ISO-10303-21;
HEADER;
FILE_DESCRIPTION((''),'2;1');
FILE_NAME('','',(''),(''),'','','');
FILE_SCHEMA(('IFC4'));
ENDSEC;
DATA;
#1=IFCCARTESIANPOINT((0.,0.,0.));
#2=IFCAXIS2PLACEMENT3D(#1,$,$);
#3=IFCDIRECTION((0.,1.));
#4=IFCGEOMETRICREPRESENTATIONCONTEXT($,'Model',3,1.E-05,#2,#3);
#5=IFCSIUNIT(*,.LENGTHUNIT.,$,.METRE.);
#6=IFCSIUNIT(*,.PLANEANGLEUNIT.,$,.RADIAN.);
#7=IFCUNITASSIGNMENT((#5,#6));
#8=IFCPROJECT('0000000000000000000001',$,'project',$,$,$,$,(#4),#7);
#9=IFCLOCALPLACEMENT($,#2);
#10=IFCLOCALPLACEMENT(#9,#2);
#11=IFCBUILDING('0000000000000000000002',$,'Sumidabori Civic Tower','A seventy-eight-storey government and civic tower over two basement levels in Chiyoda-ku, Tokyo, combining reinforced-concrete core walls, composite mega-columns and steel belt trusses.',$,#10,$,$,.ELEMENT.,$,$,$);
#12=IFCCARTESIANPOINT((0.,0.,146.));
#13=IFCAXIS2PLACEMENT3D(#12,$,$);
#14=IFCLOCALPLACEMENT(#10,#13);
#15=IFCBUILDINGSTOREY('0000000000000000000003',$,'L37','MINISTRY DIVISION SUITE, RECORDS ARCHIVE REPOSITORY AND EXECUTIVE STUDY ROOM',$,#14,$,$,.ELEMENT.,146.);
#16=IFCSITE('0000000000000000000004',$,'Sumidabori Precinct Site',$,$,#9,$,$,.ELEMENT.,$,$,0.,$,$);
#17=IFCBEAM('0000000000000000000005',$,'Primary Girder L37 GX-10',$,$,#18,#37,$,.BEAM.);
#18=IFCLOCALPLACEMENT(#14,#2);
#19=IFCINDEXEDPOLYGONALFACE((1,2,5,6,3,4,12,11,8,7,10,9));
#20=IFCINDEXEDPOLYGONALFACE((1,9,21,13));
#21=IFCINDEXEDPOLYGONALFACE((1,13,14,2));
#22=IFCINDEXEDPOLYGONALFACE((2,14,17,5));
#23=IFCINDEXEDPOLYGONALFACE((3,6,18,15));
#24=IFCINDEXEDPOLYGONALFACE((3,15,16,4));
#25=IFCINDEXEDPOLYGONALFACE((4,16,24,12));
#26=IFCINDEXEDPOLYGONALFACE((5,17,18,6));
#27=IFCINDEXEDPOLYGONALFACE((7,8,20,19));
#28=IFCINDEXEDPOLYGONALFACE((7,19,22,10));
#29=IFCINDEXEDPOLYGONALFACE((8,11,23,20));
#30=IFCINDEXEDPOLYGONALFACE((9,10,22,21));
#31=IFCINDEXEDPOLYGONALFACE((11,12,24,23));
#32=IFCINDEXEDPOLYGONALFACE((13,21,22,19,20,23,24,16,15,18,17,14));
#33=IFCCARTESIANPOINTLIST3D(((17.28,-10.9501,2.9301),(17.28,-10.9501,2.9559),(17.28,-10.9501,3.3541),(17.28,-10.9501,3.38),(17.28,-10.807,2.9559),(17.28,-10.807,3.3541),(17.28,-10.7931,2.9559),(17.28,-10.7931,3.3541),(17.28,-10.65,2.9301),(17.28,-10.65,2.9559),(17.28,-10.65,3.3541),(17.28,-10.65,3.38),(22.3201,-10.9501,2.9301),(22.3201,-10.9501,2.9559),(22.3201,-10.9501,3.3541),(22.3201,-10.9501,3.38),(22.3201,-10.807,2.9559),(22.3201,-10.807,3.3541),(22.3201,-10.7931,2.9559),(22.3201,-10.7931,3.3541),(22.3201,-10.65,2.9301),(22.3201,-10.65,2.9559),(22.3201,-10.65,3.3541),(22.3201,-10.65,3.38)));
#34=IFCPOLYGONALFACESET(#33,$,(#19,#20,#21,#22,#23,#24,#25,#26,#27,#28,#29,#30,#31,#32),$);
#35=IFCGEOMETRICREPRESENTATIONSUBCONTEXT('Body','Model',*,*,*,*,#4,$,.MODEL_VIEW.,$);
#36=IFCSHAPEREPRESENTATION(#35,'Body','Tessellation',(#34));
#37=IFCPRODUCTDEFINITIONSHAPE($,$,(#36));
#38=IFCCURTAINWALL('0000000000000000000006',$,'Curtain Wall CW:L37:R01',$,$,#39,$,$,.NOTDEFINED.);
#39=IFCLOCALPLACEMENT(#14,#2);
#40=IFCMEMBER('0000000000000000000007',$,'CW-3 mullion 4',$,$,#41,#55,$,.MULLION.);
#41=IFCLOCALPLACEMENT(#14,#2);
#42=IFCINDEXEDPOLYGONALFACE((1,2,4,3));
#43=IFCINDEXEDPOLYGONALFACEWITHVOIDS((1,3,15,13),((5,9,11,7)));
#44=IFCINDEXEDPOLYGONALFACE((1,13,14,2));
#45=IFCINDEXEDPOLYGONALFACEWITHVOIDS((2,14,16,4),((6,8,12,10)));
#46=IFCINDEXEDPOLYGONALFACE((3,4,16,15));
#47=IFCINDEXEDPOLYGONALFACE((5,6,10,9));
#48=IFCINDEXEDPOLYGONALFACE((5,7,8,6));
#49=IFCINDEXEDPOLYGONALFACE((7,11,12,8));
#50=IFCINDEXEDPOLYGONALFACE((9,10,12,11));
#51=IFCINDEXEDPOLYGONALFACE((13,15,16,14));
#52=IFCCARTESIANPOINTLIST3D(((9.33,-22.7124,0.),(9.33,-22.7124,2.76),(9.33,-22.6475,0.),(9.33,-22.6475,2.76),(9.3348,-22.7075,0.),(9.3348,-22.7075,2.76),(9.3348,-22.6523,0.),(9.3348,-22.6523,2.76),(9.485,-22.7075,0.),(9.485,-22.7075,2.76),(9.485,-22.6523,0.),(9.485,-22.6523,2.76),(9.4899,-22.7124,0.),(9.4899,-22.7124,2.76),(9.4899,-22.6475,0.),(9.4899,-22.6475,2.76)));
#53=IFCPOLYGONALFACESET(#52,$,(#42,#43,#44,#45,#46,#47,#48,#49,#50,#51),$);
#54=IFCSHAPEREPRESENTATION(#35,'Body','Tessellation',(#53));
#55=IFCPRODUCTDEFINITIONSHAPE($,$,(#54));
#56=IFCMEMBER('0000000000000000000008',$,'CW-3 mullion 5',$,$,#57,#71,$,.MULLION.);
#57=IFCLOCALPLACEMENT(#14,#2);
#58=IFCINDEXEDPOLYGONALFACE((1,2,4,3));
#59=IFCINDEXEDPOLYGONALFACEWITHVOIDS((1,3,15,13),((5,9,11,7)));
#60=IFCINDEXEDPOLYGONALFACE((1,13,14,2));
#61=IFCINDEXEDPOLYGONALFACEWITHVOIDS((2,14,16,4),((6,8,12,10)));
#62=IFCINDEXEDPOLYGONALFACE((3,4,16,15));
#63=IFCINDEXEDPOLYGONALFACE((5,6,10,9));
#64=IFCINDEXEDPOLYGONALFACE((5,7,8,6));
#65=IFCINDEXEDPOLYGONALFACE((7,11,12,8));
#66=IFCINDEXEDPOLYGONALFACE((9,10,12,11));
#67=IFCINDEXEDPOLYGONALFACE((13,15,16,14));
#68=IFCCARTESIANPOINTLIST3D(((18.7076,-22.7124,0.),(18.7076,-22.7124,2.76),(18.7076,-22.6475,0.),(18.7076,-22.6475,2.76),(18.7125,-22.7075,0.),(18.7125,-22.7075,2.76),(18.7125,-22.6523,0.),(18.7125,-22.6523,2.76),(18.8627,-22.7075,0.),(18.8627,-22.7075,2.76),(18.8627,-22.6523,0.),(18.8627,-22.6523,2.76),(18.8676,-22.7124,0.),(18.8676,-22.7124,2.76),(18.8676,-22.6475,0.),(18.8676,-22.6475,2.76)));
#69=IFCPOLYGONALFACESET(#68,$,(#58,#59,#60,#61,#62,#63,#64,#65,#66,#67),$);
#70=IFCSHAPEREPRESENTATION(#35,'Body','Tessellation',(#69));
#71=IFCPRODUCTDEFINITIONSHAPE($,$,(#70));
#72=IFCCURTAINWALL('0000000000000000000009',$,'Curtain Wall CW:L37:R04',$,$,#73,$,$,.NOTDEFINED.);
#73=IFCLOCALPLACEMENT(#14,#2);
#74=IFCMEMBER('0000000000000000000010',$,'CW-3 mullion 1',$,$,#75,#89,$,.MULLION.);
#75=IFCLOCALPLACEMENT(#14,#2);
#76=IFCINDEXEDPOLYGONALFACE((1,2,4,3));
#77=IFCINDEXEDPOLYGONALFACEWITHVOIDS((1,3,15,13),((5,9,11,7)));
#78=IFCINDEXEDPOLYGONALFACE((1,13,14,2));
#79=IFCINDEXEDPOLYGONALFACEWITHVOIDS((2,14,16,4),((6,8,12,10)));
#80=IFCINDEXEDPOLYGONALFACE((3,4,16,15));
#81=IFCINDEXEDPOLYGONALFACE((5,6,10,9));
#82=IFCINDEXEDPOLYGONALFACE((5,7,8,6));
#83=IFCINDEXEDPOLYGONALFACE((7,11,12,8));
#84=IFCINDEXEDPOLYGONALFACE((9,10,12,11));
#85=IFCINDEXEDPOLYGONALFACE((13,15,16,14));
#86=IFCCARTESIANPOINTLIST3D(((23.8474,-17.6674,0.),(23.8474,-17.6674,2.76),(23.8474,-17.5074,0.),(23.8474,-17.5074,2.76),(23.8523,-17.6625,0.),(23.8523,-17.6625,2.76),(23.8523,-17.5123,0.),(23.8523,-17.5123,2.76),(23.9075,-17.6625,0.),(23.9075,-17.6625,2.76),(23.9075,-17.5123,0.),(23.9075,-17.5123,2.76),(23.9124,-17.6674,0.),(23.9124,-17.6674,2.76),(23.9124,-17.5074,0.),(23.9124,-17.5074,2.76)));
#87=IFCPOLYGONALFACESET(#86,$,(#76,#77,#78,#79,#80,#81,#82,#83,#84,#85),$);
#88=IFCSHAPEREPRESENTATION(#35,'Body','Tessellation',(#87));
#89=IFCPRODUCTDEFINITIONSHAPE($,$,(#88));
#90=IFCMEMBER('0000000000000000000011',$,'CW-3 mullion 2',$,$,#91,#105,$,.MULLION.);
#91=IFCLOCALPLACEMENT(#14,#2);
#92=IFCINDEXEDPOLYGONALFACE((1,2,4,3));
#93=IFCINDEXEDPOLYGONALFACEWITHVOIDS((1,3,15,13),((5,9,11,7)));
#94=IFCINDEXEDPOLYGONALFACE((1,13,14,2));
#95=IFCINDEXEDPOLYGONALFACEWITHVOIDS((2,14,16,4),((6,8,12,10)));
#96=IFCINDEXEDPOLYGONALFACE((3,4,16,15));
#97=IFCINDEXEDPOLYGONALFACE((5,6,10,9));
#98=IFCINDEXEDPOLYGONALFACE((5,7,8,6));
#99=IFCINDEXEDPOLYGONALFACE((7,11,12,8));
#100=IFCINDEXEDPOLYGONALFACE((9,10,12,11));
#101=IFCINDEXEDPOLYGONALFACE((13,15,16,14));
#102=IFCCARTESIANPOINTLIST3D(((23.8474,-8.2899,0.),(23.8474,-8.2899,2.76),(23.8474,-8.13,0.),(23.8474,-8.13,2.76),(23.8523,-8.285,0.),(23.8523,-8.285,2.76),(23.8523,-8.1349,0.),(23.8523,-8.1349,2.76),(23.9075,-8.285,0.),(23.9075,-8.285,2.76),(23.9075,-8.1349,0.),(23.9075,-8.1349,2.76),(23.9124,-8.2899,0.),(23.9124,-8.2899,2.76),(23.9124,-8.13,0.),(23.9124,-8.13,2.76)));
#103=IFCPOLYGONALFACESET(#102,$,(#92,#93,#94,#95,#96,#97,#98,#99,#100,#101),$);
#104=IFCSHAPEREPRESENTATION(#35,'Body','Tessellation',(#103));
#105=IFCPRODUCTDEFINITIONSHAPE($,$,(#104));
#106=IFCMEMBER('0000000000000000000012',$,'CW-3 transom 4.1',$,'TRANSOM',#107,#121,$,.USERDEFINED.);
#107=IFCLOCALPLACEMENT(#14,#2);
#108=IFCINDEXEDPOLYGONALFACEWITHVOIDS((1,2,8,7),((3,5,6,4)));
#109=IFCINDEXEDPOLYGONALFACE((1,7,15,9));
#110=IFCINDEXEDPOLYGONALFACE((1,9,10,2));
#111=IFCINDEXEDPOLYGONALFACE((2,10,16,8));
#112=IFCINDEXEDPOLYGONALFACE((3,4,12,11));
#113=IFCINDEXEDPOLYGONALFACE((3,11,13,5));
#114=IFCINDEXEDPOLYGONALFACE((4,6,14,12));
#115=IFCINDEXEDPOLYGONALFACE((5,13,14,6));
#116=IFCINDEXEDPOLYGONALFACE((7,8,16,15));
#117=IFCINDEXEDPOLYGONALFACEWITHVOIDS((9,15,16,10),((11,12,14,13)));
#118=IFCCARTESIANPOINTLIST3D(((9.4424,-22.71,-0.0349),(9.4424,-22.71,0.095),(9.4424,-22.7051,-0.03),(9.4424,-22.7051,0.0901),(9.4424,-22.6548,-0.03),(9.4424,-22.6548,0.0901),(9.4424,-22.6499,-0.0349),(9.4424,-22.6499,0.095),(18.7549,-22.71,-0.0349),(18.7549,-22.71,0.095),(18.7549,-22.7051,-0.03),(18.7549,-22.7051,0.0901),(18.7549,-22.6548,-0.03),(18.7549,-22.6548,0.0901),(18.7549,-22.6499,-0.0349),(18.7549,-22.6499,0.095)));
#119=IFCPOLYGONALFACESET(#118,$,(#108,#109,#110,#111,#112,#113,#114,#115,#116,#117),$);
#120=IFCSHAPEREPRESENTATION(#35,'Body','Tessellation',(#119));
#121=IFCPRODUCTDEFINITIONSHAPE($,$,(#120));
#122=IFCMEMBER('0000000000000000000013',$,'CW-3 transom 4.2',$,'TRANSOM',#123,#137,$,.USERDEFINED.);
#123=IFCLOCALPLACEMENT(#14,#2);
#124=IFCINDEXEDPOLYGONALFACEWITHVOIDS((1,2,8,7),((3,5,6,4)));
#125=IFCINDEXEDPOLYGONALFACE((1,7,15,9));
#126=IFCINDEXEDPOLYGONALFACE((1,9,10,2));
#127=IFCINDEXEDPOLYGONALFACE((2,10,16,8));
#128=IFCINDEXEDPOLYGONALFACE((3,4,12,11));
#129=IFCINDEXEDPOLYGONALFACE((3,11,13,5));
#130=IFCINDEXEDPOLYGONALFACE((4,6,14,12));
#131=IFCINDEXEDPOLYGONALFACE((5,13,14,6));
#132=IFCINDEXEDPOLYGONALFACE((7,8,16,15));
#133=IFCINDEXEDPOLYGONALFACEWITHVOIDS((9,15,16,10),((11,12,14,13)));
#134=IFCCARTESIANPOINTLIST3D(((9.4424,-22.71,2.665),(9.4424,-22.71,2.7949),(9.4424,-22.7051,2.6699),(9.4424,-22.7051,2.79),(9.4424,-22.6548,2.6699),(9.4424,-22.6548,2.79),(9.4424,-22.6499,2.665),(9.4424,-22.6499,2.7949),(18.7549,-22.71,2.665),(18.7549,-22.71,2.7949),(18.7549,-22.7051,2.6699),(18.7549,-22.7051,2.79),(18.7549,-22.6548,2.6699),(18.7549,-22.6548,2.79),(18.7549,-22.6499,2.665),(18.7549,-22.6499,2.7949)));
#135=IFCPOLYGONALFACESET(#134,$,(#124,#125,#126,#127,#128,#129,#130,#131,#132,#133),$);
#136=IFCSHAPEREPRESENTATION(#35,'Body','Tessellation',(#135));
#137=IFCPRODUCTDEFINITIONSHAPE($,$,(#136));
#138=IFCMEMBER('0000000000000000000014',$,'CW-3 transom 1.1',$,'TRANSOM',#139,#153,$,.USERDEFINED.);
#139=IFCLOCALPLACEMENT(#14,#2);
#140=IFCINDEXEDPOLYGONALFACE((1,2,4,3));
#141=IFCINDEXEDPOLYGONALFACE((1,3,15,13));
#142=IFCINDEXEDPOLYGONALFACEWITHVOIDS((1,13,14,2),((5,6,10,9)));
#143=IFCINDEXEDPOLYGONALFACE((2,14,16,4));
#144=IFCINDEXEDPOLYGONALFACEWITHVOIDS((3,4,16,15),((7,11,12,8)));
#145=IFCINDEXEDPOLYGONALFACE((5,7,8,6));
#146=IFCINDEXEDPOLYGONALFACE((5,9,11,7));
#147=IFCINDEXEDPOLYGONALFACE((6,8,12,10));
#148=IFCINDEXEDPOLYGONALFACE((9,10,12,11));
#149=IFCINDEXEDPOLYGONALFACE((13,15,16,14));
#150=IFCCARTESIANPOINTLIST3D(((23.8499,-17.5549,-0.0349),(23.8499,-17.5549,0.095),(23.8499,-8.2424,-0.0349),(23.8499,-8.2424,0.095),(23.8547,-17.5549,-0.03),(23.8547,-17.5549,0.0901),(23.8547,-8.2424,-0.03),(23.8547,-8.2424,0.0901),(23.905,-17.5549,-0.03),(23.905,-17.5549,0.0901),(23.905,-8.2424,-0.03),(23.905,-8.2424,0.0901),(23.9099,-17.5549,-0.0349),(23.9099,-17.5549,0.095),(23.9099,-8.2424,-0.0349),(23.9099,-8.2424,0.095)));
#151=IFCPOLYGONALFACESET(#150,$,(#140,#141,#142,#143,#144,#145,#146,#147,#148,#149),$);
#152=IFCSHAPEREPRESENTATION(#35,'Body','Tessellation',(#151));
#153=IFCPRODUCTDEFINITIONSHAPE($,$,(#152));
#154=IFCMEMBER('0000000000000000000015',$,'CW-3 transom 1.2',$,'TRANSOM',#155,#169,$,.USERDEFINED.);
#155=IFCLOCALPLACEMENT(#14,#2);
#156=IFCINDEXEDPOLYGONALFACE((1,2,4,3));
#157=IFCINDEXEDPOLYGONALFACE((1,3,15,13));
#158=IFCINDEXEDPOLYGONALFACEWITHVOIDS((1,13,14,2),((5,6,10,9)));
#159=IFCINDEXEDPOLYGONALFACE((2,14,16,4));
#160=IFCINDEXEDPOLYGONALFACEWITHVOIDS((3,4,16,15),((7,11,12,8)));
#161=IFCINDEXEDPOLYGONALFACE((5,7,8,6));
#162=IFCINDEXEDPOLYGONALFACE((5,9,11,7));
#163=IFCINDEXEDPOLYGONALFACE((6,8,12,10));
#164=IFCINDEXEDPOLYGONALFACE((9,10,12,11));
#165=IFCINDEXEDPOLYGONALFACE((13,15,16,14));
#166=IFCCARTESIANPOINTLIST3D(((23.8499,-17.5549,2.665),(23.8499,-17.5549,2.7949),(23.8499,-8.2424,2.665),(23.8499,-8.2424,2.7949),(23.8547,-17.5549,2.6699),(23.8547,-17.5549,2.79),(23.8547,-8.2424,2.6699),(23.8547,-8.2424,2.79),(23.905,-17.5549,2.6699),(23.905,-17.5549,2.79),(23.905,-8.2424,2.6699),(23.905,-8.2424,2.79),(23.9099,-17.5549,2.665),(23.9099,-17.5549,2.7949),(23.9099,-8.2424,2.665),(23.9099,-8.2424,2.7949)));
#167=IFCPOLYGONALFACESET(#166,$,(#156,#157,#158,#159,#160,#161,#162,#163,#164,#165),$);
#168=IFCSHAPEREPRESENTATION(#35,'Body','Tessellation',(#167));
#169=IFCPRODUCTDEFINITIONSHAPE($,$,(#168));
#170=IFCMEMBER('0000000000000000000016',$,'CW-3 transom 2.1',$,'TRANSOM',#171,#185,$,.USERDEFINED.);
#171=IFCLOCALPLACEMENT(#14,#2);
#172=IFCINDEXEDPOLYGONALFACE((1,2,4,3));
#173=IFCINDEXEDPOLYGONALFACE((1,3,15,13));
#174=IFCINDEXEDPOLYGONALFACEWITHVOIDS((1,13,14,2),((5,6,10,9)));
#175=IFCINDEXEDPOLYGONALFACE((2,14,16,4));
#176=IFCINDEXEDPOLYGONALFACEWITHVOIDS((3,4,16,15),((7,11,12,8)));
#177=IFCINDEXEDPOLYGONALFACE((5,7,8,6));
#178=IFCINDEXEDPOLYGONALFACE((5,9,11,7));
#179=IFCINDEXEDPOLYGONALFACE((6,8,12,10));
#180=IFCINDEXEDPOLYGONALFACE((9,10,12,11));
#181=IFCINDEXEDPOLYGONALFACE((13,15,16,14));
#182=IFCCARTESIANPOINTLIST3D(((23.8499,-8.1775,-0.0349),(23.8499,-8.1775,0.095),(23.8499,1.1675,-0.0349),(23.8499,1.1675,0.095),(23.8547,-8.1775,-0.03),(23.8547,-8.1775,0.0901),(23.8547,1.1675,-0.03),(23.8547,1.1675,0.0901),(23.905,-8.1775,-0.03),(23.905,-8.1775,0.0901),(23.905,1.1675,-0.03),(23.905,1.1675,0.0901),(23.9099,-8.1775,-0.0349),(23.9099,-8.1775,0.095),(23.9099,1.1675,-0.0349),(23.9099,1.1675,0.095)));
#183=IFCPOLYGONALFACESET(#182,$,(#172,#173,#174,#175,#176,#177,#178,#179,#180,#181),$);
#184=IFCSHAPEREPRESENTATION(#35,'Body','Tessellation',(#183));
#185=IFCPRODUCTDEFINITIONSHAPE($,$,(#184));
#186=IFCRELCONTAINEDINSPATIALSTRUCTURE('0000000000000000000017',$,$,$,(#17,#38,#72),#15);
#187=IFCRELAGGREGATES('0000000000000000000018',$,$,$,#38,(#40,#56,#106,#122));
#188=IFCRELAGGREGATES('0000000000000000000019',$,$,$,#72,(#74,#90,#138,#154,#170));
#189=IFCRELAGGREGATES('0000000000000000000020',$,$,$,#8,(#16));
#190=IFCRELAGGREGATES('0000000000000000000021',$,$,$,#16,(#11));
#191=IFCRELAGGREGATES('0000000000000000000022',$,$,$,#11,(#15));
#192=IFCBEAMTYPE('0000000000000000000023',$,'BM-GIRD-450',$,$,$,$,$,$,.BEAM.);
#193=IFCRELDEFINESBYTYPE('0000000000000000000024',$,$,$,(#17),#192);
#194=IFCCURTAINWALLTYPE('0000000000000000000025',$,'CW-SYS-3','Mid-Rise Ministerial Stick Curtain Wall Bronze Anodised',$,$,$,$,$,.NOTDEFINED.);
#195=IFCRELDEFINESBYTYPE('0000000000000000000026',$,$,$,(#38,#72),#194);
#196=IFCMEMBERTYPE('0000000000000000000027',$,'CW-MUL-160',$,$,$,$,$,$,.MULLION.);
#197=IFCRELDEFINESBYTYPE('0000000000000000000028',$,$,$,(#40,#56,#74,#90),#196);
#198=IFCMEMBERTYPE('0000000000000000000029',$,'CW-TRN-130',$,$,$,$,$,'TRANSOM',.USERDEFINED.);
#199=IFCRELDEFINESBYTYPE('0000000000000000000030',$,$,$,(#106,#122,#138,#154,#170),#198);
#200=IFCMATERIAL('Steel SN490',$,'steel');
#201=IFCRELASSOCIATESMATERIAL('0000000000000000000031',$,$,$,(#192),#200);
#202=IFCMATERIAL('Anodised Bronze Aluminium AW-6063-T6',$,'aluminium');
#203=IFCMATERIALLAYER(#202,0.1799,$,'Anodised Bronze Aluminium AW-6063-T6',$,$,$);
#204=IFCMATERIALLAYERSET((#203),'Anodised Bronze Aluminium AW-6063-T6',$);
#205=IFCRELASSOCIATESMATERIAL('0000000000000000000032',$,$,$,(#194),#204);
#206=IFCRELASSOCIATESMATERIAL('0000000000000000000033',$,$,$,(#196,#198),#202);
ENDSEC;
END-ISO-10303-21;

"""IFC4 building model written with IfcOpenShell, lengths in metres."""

from ifc_helpers import new_model, si_unit, direction, frame, origin, origin_2d, place, context, subcontext, project, spatial, hollow_rectangle, i_section, extrude, source, transform, mapped, material, layer, layer_set, material_profile, profile_set, type_object, element, aggregate, save


model = new_model("IFC4")

# Units and contexts
model_context = context("Model", 3, precision=1e-05, world=origin(), true_north=direction((0.0, 1.0)))
body_context = subcontext(model_context, "Body", "Model", "MODEL_VIEW")
ifc_project = project(units=[si_unit("LENGTHUNIT", "METRE"), si_unit("PLANEANGLEUNIT", "RADIAN")], contexts=[model_context])

# Site, building, storey
site_placement = place(None, origin())
site = spatial("IfcSite", under=ifc_project, at=site_placement, Name="Sumidabori Precinct Site", CompositionType="ELEMENT", RefElevation=0.0)
building_placement = place(site_placement, origin())
building = spatial("IfcBuilding", under=site, at=building_placement, Name="Sumidabori Civic Tower", Description="A seventy-eight-storey government and civic tower over two basement levels in Chiyoda-ku, Tokyo, combining reinforced-concrete core walls, composite mega-columns and steel belt trusses.", CompositionType="ELEMENT")
storey_placement = place(building_placement, frame((0.0, 0.0, 146.0)))
storey = spatial("IfcBuildingStorey", under=building, at=storey_placement, Name="L37", Description="MINISTRY DIVISION SUITE, RECORDS ARCHIVE REPOSITORY AND EXECUTIVE STUDY ROOM", CompositionType="ELEMENT", Elevation=146.0)

# Beam
ifc_material_1 = material(Name="Steel SN490", Category="steel")
ifc_material_profile_1 = material_profile(ifc_material_1, i_section(OverallWidth=0.3, OverallDepth=0.45, WebThickness=0.0139, FlangeThickness=0.0259, at=origin_2d()), Name="HE 450 B")
ifc_profile_set_1 = profile_set([ifc_material_profile_1], Name="Steel SN490")
beam_type_1 = type_object("IfcBeamType", Name="BM-GIRD-450", PredefinedType="BEAM", material=ifc_profile_set_1)
shared_shape_1 = source(origin(), body_context, "Body", "SweptSolid", [
    extrude(i_section(OverallWidth=0.3, OverallDepth=0.45, WebThickness=0.0139, FlangeThickness=0.0259, at=origin_2d()), origin(), (0.0, 0.0, 1.0), 5.04),
])
beam_1_placement = place(storey_placement, frame((17.28, -10.8, 3.155), z_axis=(1.0, 0.0, 0.0), x_axis=(0.0, 1.0, 0.0)))
element("IfcBeam", 1, at=beam_1_placement, inside=storey, type_object=beam_type_1, Name="Primary Girder L37 GX-10", PredefinedType="BEAM", context=body_context, shape_type="MappedRepresentation", body=[
    mapped(shared_shape_1, transform((0.0, 0.0, 0.0), x_axis=(1.0, 0.0, 0.0), y_axis=(0.0, 1.0, 0.0), z_axis=(0.0, 0.0, 1.0), scale=1.0)),
])

# Curtain walls, members
ifc_material_2 = material(Name="Anodised Bronze Aluminium AW-6063-T6", Category="aluminium")
ifc_layer_1 = layer(ifc_material_2, 0.1799, Name="Anodised Bronze Aluminium AW-6063-T6")
ifc_layer_set_1 = layer_set([ifc_layer_1], Name="Anodised Bronze Aluminium AW-6063-T6")
curtain_wall_type = type_object("IfcCurtainWallType", Name="CW-SYS-3", Description="Mid-Rise Ministerial Stick Curtain Wall Bronze Anodised", PredefinedType="NOTDEFINED", material=ifc_layer_set_1)
curtain_wall_1_placement = place(storey_placement, origin())
curtain_wall_1 = element("IfcCurtainWall", 2, at=curtain_wall_1_placement, inside=storey, type_object=curtain_wall_type, Name="Curtain Wall CW:L37:R01", PredefinedType="NOTDEFINED")
ifc_material_profile_2 = material_profile(ifc_material_2, hollow_rectangle(XDim=0.0649, YDim=0.1599, WallThickness=0.0049, at=origin_2d()), Name="ALU MULLION 160x65")
ifc_profile_set_2 = profile_set([ifc_material_profile_2], Name="Anodised Bronze Aluminium AW-6063-T6")
member_type_1 = type_object("IfcMemberType", Name="CW-MUL-160", PredefinedType="MULLION", material=ifc_profile_set_2)
shared_shape_2 = source(origin(), body_context, "Body", "SweptSolid", [
    extrude(hollow_rectangle(XDim=0.0649, YDim=0.1599, WallThickness=0.0049, at=origin_2d()), origin(), (0.0, 0.0, 1.0), 2.76),
])
member_1_placement = place(storey_placement, frame((9.4099, -22.6799, 0.0), z_axis=(0.0, 0.0, 1.0), x_axis=(0.0, 1.0, 0.0)))
member_1 = element("IfcMember", 3, at=member_1_placement, type_object=member_type_1, Name="CW-3 mullion 4", PredefinedType="MULLION", context=body_context, shape_type="MappedRepresentation", body=[
    mapped(shared_shape_2, transform((0.0, 0.0, 0.0), x_axis=(1.0, 0.0, 0.0), y_axis=(0.0, 1.0, 0.0), z_axis=(0.0, 0.0, 1.0), scale=1.0)),
])
member_2_placement = place(storey_placement, frame((18.7876, -22.6799, 0.0), z_axis=(0.0, 0.0, 1.0), x_axis=(0.0, 1.0, 0.0)))
member_2 = element("IfcMember", 4, at=member_2_placement, type_object=member_type_1, Name="CW-3 mullion 5", PredefinedType="MULLION", context=body_context, shape_type="MappedRepresentation", body=[
    mapped(shared_shape_2, transform((0.0, 0.0, 0.0), x_axis=(1.0, 0.0, 0.0), y_axis=(0.0, 1.0, 0.0), z_axis=(0.0, 0.0, 1.0), scale=1.0)),
])
curtain_wall_2_placement = place(storey_placement, origin())
curtain_wall_2 = element("IfcCurtainWall", 5, at=curtain_wall_2_placement, inside=storey, type_object=curtain_wall_type, Name="Curtain Wall CW:L37:R04", PredefinedType="NOTDEFINED")
member_3_placement = place(storey_placement, frame((23.8799, -17.5874, 0.0), z_axis=(0.0, 0.0, 1.0), x_axis=(-1.0, 0.0, 0.0)))
member_3 = element("IfcMember", 6, at=member_3_placement, type_object=member_type_1, Name="CW-3 mullion 1", PredefinedType="MULLION", context=body_context, shape_type="MappedRepresentation", body=[
    mapped(shared_shape_2, transform((0.0, 0.0, 0.0), x_axis=(1.0, 0.0, 0.0), y_axis=(0.0, 1.0, 0.0), z_axis=(0.0, 0.0, 1.0), scale=1.0)),
])
member_4_placement = place(storey_placement, frame((23.8799, -8.21, 0.0), z_axis=(0.0, 0.0, 1.0), x_axis=(-1.0, 0.0, 0.0)))
member_4 = element("IfcMember", 7, at=member_4_placement, type_object=member_type_1, Name="CW-3 mullion 2", PredefinedType="MULLION", context=body_context, shape_type="MappedRepresentation", body=[
    mapped(shared_shape_2, transform((0.0, 0.0, 0.0), x_axis=(1.0, 0.0, 0.0), y_axis=(0.0, 1.0, 0.0), z_axis=(0.0, 0.0, 1.0), scale=1.0)),
])

# Members
ifc_material_profile_3 = material_profile(ifc_material_2, hollow_rectangle(XDim=0.0601, YDim=0.1299, WallThickness=0.0049, at=origin_2d()), Name="ALU TRANSOM 130x60")
ifc_profile_set_3 = profile_set([ifc_material_profile_3], Name="Anodised Bronze Aluminium AW-6063-T6")
member_type_2 = type_object("IfcMemberType", Name="CW-TRN-130", ElementType="TRANSOM", PredefinedType="USERDEFINED", material=ifc_profile_set_3)
shared_shape_3 = source(origin(), body_context, "Body", "SweptSolid", [
    extrude(hollow_rectangle(XDim=0.0601, YDim=0.1299, WallThickness=0.0049, at=origin_2d()), origin(), (0.0, 0.0, 1.0), 9.3125),
])
member_5_placement = place(storey_placement, frame((9.4424, -22.6799, 0.03), z_axis=(1.0, 0.0, 0.0), x_axis=(0.0, 1.0, 0.0)))
member_5 = element("IfcMember", 8, at=member_5_placement, type_object=member_type_2, Name="CW-3 transom 4.1", ObjectType="TRANSOM", PredefinedType="USERDEFINED", context=body_context, shape_type="MappedRepresentation", body=[
    mapped(shared_shape_3, transform((0.0, 0.0, 0.0), x_axis=(1.0, 0.0, 0.0), y_axis=(0.0, 1.0, 0.0), z_axis=(0.0, 0.0, 1.0), scale=1.0)),
])
member_6_placement = place(storey_placement, frame((9.4424, -22.6799, 2.73), z_axis=(1.0, 0.0, 0.0), x_axis=(0.0, 1.0, 0.0)))
member_6 = element("IfcMember", 9, at=member_6_placement, type_object=member_type_2, Name="CW-3 transom 4.2", ObjectType="TRANSOM", PredefinedType="USERDEFINED", context=body_context, shape_type="MappedRepresentation", body=[
    mapped(shared_shape_3, transform((0.0, 0.0, 0.0), x_axis=(1.0, 0.0, 0.0), y_axis=(0.0, 1.0, 0.0), z_axis=(0.0, 0.0, 1.0), scale=1.0)),
])
member_7_placement = place(storey_placement, frame((23.8799, -17.5549, 0.03), z_axis=(0.0, 1.0, 0.0), x_axis=(-1.0, 0.0, 0.0)))
member_7 = element("IfcMember", 10, at=member_7_placement, type_object=member_type_2, Name="CW-3 transom 1.1", ObjectType="TRANSOM", PredefinedType="USERDEFINED", context=body_context, shape_type="MappedRepresentation", body=[
    mapped(shared_shape_3, transform((0.0, 0.0, 0.0), x_axis=(1.0, 0.0, 0.0), y_axis=(0.0, 1.0, 0.0), z_axis=(0.0, 0.0, 1.0), scale=1.0)),
])
member_8_placement = place(storey_placement, frame((23.8799, -17.5549, 2.73), z_axis=(0.0, 1.0, 0.0), x_axis=(-1.0, 0.0, 0.0)))
member_8 = element("IfcMember", 11, at=member_8_placement, type_object=member_type_2, Name="CW-3 transom 1.2", ObjectType="TRANSOM", PredefinedType="USERDEFINED", context=body_context, shape_type="MappedRepresentation", body=[
    mapped(shared_shape_3, transform((0.0, 0.0, 0.0), x_axis=(1.0, 0.0, 0.0), y_axis=(0.0, 1.0, 0.0), z_axis=(0.0, 0.0, 1.0), scale=1.0)),
])
shared_shape_4 = source(origin(), body_context, "Body", "SweptSolid", [
    extrude(hollow_rectangle(XDim=0.0601, YDim=0.1299, WallThickness=0.0049, at=origin_2d()), origin(), (0.0, 0.0, 1.0), 9.345),
])
member_9_placement = place(storey_placement, frame((23.8799, -8.1775, 0.03), z_axis=(0.0, 1.0, 0.0), x_axis=(-1.0, 0.0, 0.0)))
member_9 = element("IfcMember", 12, at=member_9_placement, type_object=member_type_2, Name="CW-3 transom 2.1", ObjectType="TRANSOM", PredefinedType="USERDEFINED", context=body_context, shape_type="MappedRepresentation", body=[
    mapped(shared_shape_4, transform((0.0, 0.0, 0.0), x_axis=(1.0, 0.0, 0.0), y_axis=(0.0, 1.0, 0.0), z_axis=(0.0, 0.0, 1.0), scale=1.0)),
])

aggregate(curtain_wall_1, [member_1, member_2, member_5, member_6])
aggregate(curtain_wall_2, [member_3, member_4, member_7, member_8, member_9])

save(model, "model.ifc")
